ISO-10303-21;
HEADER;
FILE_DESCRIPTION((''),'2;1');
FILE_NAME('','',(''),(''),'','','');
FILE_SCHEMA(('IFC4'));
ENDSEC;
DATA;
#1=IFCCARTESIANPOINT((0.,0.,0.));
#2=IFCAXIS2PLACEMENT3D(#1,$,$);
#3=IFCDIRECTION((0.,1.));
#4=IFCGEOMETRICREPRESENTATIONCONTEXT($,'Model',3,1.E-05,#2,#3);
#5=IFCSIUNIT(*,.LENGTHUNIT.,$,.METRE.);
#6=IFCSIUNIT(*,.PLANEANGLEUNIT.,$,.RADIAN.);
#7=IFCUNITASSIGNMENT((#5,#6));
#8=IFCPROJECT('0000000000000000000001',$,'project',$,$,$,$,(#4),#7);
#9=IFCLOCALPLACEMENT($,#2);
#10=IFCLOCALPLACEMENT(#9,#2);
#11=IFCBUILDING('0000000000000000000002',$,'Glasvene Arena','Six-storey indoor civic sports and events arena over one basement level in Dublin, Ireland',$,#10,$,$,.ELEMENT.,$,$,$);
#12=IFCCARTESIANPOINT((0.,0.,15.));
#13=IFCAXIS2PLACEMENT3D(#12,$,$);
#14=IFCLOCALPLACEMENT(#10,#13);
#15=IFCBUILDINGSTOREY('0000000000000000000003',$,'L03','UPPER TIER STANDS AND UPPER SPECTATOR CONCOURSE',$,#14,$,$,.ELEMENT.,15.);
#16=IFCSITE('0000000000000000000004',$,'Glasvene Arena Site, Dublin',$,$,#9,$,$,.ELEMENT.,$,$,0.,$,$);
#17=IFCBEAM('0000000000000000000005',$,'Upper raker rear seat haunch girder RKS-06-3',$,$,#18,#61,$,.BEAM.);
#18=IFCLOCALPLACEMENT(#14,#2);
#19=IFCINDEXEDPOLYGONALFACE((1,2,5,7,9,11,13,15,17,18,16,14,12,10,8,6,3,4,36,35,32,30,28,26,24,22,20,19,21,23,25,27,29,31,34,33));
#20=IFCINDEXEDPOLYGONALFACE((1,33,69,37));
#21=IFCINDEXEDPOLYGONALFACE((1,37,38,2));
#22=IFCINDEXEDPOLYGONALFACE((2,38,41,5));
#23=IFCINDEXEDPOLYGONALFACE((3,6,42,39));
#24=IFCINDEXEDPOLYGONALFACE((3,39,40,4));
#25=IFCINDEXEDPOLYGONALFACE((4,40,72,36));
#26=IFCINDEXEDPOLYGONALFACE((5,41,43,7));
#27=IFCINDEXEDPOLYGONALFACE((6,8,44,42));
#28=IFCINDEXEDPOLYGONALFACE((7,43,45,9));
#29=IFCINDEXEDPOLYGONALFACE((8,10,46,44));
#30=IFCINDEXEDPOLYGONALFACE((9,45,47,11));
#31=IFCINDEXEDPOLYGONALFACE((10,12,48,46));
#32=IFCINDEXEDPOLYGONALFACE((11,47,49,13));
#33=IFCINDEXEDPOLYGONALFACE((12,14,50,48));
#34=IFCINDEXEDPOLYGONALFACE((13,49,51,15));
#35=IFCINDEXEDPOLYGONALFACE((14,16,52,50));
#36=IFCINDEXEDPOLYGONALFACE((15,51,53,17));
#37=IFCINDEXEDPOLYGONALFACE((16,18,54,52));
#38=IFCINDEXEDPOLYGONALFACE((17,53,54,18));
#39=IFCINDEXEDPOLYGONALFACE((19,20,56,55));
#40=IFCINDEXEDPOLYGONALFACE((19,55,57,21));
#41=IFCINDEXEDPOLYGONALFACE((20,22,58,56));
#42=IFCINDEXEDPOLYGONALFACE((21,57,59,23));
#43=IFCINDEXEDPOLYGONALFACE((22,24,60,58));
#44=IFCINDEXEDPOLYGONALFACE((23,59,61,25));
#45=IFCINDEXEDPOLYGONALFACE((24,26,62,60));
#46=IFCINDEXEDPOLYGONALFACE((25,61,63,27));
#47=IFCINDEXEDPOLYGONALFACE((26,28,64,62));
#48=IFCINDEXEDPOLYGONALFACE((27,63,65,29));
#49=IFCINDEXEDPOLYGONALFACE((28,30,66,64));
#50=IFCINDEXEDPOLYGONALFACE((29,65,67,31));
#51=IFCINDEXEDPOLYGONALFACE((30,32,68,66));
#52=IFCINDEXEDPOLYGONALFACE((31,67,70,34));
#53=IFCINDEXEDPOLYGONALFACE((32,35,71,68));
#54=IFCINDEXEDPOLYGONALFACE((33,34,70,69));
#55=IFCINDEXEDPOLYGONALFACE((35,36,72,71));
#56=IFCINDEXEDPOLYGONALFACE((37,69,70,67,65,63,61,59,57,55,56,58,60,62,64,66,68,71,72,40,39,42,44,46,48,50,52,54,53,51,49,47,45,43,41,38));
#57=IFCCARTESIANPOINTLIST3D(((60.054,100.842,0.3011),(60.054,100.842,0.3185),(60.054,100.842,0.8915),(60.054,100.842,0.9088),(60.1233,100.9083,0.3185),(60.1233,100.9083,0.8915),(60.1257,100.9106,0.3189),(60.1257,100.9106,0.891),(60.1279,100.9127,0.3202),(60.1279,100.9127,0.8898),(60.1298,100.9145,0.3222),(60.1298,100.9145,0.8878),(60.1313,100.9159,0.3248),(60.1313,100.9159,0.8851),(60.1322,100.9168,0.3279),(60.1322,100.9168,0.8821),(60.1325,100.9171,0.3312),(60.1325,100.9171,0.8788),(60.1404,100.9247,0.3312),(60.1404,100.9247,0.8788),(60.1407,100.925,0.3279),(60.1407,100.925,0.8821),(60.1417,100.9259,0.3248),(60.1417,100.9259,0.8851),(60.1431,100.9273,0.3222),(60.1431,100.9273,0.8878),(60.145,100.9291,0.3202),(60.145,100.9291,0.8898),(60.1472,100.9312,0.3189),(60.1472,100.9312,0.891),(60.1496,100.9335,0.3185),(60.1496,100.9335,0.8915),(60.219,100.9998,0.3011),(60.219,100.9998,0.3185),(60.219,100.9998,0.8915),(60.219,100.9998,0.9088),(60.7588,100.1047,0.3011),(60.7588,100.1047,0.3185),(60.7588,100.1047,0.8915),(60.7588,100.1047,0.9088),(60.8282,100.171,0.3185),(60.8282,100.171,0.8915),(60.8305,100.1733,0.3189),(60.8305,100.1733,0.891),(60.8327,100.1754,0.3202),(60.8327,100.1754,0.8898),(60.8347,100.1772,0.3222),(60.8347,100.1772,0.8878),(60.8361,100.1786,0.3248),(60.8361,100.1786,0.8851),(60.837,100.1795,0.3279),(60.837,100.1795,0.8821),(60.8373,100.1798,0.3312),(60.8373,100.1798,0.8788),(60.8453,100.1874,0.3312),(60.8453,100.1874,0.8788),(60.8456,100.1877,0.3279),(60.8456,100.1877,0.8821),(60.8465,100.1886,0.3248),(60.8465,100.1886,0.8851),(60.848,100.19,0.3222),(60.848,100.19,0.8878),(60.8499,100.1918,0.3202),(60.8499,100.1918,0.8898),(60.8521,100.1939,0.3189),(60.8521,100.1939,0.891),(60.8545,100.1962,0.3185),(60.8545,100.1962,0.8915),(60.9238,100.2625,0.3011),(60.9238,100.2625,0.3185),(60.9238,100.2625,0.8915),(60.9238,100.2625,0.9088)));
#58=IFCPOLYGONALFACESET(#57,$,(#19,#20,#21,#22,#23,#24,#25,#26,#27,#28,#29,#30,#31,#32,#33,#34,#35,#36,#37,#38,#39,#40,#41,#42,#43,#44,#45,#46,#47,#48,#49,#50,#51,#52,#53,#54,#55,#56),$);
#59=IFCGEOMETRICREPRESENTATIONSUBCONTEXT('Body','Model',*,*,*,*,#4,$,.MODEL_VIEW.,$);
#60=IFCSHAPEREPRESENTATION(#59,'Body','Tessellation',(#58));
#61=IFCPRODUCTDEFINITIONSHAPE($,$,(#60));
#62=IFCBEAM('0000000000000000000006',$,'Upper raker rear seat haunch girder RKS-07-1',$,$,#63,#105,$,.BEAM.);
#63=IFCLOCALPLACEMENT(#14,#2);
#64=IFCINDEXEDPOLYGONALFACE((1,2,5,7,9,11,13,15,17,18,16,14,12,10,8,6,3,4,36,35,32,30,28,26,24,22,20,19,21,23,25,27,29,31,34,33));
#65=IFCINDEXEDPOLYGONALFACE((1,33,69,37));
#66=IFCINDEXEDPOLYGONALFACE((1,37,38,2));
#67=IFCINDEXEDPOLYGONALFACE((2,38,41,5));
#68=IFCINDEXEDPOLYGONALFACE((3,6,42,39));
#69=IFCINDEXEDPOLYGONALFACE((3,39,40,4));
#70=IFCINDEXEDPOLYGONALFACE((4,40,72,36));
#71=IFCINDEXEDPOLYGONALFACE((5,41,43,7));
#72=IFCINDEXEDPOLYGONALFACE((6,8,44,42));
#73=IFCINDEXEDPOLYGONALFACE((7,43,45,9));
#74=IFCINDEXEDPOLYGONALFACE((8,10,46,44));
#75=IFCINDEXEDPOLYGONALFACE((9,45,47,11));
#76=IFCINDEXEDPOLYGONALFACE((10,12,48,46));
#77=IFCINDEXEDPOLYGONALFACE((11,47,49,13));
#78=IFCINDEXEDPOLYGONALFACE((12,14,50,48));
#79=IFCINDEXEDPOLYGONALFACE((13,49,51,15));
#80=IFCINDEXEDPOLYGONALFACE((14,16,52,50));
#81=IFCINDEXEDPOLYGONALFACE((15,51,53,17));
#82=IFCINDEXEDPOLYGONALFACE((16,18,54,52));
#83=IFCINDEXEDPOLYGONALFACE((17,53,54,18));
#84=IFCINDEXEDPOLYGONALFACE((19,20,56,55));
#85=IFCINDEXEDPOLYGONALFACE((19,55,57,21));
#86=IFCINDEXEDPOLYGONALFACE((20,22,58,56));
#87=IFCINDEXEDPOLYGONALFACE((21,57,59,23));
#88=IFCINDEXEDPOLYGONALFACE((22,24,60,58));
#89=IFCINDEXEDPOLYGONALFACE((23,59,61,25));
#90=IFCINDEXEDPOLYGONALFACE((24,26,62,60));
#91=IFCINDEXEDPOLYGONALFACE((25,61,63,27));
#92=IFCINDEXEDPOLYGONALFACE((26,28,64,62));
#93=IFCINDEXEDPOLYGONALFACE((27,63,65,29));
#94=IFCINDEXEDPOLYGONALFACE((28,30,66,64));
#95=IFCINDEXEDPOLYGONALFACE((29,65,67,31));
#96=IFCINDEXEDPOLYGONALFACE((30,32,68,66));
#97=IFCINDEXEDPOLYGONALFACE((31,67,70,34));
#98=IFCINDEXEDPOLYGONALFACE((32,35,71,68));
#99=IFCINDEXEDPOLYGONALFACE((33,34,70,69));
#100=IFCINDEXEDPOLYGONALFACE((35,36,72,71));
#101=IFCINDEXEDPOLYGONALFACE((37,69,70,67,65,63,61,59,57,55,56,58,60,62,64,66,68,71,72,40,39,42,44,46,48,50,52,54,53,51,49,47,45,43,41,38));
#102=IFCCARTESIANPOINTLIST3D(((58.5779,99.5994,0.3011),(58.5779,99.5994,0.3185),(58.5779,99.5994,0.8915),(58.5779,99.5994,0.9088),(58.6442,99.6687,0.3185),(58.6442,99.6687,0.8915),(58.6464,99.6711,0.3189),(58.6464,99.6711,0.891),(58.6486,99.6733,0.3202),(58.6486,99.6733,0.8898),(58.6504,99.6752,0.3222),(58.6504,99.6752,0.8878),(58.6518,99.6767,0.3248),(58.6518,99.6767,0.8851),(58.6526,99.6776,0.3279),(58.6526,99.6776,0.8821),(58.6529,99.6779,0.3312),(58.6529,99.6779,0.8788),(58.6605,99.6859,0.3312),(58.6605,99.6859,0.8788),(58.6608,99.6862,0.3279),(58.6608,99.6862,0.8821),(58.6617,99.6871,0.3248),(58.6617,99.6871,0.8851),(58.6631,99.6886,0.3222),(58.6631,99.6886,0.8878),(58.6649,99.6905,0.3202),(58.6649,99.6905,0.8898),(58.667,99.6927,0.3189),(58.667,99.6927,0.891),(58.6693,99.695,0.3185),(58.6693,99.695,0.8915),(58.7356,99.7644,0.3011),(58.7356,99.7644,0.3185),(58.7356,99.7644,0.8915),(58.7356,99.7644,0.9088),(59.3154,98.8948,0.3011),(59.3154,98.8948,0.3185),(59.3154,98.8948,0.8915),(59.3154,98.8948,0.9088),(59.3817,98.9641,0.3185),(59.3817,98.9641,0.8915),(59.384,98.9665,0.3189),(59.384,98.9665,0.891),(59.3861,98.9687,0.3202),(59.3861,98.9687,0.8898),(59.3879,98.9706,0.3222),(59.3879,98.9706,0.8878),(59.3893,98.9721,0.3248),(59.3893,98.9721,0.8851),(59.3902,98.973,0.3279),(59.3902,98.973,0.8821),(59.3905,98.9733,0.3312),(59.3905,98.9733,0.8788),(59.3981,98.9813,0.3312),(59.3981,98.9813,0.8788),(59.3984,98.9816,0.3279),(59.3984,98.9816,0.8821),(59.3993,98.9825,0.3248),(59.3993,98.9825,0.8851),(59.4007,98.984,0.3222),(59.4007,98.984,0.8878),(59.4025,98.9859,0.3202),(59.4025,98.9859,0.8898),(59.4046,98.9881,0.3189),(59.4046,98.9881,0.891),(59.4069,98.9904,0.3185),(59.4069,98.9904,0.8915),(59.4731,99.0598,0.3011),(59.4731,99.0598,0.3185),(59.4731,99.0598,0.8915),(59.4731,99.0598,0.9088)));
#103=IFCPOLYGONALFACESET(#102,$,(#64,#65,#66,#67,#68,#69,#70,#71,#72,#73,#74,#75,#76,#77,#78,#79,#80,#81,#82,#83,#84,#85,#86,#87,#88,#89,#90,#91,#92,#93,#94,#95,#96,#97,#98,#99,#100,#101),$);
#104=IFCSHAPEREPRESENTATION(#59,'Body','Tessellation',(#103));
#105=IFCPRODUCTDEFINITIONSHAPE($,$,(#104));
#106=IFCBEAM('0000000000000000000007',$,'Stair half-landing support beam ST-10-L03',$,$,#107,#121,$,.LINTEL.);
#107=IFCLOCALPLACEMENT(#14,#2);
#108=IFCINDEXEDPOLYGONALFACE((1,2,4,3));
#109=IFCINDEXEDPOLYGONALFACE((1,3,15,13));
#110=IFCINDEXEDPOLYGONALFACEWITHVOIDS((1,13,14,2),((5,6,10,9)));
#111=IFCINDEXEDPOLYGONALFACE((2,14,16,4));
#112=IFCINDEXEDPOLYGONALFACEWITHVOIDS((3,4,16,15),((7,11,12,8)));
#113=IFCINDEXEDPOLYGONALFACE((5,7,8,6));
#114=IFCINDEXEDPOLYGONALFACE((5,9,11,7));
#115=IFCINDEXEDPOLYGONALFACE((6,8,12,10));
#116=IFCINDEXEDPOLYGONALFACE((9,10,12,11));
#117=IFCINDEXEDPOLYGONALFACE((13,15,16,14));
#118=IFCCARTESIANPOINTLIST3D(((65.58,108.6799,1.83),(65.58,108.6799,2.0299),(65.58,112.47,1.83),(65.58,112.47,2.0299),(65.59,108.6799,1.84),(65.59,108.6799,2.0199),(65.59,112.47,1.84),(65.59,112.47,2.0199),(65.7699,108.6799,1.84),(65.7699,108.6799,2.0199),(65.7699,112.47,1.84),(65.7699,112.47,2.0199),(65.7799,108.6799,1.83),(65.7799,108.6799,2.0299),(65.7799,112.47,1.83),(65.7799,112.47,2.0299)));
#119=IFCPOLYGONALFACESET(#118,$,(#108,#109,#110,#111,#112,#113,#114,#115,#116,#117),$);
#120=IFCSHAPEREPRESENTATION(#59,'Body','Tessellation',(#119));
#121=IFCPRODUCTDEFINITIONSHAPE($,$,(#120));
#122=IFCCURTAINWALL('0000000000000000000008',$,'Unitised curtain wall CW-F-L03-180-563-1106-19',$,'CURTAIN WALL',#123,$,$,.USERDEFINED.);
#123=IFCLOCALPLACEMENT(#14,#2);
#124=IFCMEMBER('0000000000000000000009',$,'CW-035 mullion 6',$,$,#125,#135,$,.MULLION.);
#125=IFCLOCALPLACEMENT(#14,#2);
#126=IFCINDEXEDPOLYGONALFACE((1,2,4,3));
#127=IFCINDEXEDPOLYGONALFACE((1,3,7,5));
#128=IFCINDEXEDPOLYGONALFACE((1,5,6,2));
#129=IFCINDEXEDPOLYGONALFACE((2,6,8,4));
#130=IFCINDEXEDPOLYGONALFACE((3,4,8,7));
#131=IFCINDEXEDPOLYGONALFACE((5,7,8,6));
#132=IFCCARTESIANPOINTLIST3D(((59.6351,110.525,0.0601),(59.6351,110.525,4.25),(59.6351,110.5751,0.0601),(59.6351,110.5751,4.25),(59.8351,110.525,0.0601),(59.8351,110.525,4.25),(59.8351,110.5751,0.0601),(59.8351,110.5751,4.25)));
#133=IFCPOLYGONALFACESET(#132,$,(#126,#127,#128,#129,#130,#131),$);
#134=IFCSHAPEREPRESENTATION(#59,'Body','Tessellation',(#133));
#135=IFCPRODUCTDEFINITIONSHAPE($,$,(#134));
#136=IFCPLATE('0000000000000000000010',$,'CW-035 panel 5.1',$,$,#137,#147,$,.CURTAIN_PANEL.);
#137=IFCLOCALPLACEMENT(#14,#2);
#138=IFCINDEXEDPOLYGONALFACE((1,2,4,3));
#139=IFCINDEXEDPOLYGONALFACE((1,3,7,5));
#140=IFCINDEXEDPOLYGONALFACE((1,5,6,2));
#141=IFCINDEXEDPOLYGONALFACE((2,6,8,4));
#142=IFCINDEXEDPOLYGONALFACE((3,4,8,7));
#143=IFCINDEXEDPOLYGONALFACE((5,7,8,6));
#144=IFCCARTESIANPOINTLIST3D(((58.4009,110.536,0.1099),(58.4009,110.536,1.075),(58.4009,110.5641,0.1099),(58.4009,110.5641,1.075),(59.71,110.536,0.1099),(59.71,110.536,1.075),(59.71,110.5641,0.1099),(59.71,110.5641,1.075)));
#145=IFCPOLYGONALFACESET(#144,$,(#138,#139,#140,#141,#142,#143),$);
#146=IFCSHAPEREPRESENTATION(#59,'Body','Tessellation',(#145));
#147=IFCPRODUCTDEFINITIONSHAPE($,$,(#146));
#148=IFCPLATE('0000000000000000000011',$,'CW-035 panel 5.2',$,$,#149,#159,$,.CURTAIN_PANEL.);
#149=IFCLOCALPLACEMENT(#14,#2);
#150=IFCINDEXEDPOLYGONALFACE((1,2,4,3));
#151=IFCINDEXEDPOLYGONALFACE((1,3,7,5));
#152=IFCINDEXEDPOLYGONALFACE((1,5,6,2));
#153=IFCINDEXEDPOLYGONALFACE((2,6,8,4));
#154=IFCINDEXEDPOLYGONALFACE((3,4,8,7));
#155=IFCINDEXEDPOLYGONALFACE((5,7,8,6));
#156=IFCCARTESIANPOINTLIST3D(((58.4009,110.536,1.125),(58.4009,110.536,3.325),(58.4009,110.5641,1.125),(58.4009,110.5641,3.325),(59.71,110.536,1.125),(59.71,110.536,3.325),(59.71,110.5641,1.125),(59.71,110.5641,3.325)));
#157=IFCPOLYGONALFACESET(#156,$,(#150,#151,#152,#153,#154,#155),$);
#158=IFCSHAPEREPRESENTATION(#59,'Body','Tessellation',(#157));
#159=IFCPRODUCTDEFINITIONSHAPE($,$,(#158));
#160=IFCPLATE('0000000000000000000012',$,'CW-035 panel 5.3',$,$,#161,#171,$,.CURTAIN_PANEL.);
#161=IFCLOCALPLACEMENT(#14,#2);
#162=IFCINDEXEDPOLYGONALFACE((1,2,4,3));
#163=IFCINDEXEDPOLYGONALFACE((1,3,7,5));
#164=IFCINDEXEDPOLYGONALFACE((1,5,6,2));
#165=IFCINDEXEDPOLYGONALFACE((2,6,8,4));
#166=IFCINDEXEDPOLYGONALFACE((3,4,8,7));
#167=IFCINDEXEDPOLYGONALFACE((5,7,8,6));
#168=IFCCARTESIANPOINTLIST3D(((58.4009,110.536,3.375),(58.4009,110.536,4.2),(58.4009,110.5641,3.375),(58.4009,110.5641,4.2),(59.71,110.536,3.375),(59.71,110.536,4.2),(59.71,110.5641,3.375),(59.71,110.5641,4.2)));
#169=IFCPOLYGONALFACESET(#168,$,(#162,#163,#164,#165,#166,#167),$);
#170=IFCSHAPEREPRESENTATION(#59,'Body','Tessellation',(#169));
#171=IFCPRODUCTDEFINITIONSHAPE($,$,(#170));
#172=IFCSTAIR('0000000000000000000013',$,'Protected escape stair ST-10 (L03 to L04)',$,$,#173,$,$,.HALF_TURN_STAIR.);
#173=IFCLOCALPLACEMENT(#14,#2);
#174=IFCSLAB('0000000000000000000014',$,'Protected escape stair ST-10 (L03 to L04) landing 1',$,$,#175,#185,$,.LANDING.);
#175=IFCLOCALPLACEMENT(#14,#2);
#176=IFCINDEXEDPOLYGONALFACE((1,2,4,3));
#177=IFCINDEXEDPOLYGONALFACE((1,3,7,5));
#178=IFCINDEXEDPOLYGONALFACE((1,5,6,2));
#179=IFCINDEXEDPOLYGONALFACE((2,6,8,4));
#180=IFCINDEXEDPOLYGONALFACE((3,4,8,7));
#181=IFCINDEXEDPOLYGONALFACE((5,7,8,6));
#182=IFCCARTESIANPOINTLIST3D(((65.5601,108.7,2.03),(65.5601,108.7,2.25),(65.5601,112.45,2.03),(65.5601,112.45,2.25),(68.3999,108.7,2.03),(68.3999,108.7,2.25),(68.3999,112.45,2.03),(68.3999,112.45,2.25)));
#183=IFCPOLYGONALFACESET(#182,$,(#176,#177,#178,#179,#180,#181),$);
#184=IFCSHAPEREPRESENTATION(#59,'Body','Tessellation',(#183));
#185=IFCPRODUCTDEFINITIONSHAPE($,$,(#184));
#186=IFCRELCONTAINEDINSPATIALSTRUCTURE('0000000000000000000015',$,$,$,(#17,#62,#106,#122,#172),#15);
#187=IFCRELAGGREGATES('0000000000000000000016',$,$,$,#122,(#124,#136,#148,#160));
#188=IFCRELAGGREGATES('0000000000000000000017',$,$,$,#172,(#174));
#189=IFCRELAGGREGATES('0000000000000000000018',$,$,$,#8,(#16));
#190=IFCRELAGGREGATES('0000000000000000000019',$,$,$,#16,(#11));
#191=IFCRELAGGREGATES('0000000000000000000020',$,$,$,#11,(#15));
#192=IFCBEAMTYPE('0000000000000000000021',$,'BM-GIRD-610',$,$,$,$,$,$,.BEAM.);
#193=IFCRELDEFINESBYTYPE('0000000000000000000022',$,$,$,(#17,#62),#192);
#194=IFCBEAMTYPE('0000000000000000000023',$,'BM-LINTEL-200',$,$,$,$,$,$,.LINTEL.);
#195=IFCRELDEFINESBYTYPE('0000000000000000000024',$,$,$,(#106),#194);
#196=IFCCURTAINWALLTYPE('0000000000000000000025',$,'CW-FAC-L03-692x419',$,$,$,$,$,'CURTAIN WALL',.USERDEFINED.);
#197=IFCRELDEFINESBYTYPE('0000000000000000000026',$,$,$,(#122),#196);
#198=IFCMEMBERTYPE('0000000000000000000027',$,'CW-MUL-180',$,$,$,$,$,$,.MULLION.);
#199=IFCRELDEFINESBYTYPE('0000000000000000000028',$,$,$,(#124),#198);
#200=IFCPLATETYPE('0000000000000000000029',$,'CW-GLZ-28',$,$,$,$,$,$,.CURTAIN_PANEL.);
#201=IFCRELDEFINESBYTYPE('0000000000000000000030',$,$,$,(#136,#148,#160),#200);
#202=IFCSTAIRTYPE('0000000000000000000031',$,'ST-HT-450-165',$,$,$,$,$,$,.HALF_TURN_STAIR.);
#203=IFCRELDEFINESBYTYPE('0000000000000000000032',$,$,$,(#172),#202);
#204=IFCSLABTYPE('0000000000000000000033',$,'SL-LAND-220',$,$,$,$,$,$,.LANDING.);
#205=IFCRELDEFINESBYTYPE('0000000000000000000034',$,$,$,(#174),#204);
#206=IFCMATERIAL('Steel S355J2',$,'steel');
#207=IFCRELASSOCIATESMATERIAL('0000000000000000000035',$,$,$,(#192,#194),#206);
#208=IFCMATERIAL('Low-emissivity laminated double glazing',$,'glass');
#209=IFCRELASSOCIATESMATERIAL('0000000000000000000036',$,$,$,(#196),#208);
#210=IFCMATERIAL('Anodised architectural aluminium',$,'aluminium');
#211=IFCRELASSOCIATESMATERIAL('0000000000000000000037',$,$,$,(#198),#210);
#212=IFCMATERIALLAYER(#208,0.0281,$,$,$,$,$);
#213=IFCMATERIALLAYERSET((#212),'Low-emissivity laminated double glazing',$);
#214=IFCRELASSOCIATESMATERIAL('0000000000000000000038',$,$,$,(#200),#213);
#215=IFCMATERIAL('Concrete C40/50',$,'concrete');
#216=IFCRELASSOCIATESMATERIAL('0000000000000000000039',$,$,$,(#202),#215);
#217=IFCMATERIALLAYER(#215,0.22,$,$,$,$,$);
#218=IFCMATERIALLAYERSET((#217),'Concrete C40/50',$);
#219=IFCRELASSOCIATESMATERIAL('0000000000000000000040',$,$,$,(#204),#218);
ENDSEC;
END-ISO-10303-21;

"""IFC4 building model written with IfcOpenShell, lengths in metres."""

from ifc_helpers import new_model, si_unit, direction, frame, origin, origin_2d, place, context, subcontext, project, spatial, polyline, rectangle, hollow_rectangle, i_section, outline, extrude, material, layer, layer_set, material_profile, profile_set, type_object, element, aggregate, save


model = new_model("IFC4")

# Units and contexts
model_context = context("Model", 3, precision=1e-05, world=origin(), true_north=direction((0.0, 1.0)))
body_context = subcontext(model_context, "Body", "Model", "MODEL_VIEW")
ifc_project = project(units=[si_unit("LENGTHUNIT", "METRE"), si_unit("PLANEANGLEUNIT", "RADIAN")], contexts=[model_context])

# Site, building, storey
site_placement = place(None, origin())
site = spatial("IfcSite", under=ifc_project, at=site_placement, Name="Glasvene Arena Site, Dublin", CompositionType="ELEMENT", RefElevation=0.0)
building_placement = place(site_placement, origin())
building = spatial("IfcBuilding", under=site, at=building_placement, Name="Glasvene Arena", Description="Six-storey indoor civic sports and events arena over one basement level in Dublin, Ireland", CompositionType="ELEMENT")
storey_placement = place(building_placement, frame((0.0, 0.0, 15.0)))
storey = spatial("IfcBuildingStorey", under=building, at=storey_placement, Name="L03", Description="UPPER TIER STANDS AND UPPER SPECTATOR CONCOURSE", CompositionType="ELEMENT", Elevation=15.0)

# Shared definitions
ifc_material_1 = material(Name="Steel S355J2", Category="steel")

# Beams
ifc_material_profile_1 = material_profile(ifc_material_1, i_section(OverallWidth=0.2283, OverallDepth=0.6077, WebThickness=0.011, FlangeThickness=0.0173, FilletRadius=0.0127, at=origin_2d()), Name="UKB 610x229x113")
ifc_profile_set_1 = profile_set([ifc_material_profile_1], Name="Steel S355J2")
beam_type_1 = type_object("IfcBeamType", Name="BM-GIRD-610", PredefinedType="BEAM", material=ifc_profile_set_1)
for number, where, z_axis, x_axis, name in (
    (1, (60.8413, 100.1836, 0.605), (-0.691011, 0.722845, 0.0), (-0.722845, -0.691011, 0.0), "Upper raker rear seat haunch girder RKS-06-3"),
    (2, (59.3943, 98.9773, 0.605), (-0.723078, 0.690766, 0.0), (-0.690766, -0.723078, 0.0), "Upper raker rear seat haunch girder RKS-07-1"),
):
    element("IfcBeam", number, at=place(storey_placement, frame(where, z_axis=z_axis, x_axis=x_axis)), inside=storey, type_object=beam_type_1, Name=name, PredefinedType="BEAM", context=body_context, shape_type="SweptSolid", body=[
        extrude(i_section(OverallWidth=0.2283, OverallDepth=0.6077, WebThickness=0.011, FlangeThickness=0.0173, FilletRadius=0.0127, at=origin_2d()), origin(), (0.0, 0.0, 1.0), 1.02),
    ])
ifc_material_profile_2 = material_profile(ifc_material_1, hollow_rectangle(XDim=0.2, YDim=0.2, WallThickness=0.01, at=origin_2d()), Name="SHS 200x200x10.0")
ifc_profile_set_2 = profile_set([ifc_material_profile_2], Name="Steel S355J2")
beam_type_2 = type_object("IfcBeamType", Name="BM-LINTEL-200", PredefinedType="LINTEL", material=ifc_profile_set_2)
beam_placement = place(storey_placement, frame((65.6799, 108.6799, 1.9299), z_axis=(0.0, 1.0, 0.0), x_axis=(-1.0, 0.0, 0.0)))
element("IfcBeam", 3, at=beam_placement, inside=storey, type_object=beam_type_2, Name="Stair half-landing support beam ST-10-L03", PredefinedType="LINTEL", context=body_context, shape_type="SweptSolid", body=[
    extrude(hollow_rectangle(XDim=0.2, YDim=0.2, WallThickness=0.01, at=origin_2d()), origin(), (0.0, 0.0, 1.0), 3.79),
])

# Curtain wall, member, plates
ifc_material_2 = material(Name="Low-emissivity laminated double glazing", Category="glass")
curtain_wall_type = type_object("IfcCurtainWallType", Name="CW-FAC-L03-692x419", ElementType="CURTAIN WALL", PredefinedType="USERDEFINED", material=ifc_material_2)
curtain_wall_placement = place(storey_placement, frame((52.8401, 110.55, 0.0)))
curtain_wall = element("IfcCurtainWall", 4, at=curtain_wall_placement, inside=storey, type_object=curtain_wall_type, Name="Unitised curtain wall CW-F-L03-180-563-1106-19", ObjectType="CURTAIN WALL", PredefinedType="USERDEFINED")
ifc_material_3 = material(Name="Anodised architectural aluminium", Category="aluminium")
ifc_material_profile_3 = material_profile(ifc_material_3, rectangle(XDim=0.05, YDim=0.2, at=origin_2d()), Name="ALU MULLION 50x200")
ifc_profile_set_3 = profile_set([ifc_material_profile_3], Name="Anodised architectural aluminium")
member_type = type_object("IfcMemberType", Name="CW-MUL-180", PredefinedType="MULLION", material=ifc_profile_set_3)
member_placement = place(storey_placement, frame((59.7351, 110.55, 0.0601), z_axis=(0.0, 0.0, 1.0), x_axis=(0.0, 1.0, 0.0)))
member = element("IfcMember", 5, at=member_placement, type_object=member_type, Name="CW-035 mullion 6", PredefinedType="MULLION", context=body_context, shape_type="SweptSolid", body=[
    extrude(rectangle(XDim=0.05, YDim=0.2, at=origin_2d()), origin(), (0.0, 0.0, 1.0), 4.1899),
])
ifc_layer_1 = layer(ifc_material_2, 0.0281)
ifc_layer_set_1 = layer_set([ifc_layer_1], Name="Low-emissivity laminated double glazing")
plate_type = type_object("IfcPlateType", Name="CW-GLZ-28", PredefinedType="CURTAIN_PANEL", material=ifc_layer_set_1)
plate_1_placement = place(storey_placement, frame((59.0554, 110.55, 0.1099), z_axis=(0.0, 0.0, 1.0), x_axis=(1.0, 0.0, 0.0)))
plate_1 = element("IfcPlate", 6, at=plate_1_placement, type_object=plate_type, Name="CW-035 panel 5.1", PredefinedType="CURTAIN_PANEL", context=body_context, shape_type="SweptSolid", body=[
    extrude(rectangle(XDim=1.3091, YDim=0.0281, at=origin_2d()), origin(), (0.0, 0.0, 1.0), 0.9651),
])
plate_2_placement = place(storey_placement, frame((59.0554, 110.55, 1.125), z_axis=(0.0, 0.0, 1.0), x_axis=(1.0, 0.0, 0.0)))
plate_2 = element("IfcPlate", 7, at=plate_2_placement, type_object=plate_type, Name="CW-035 panel 5.2", PredefinedType="CURTAIN_PANEL", context=body_context, shape_type="SweptSolid", body=[
    extrude(rectangle(XDim=1.3091, YDim=0.0281, at=origin_2d()), origin(), (0.0, 0.0, 1.0), 2.2),
])
plate_3_placement = place(storey_placement, frame((59.0554, 110.55, 3.375), z_axis=(0.0, 0.0, 1.0), x_axis=(1.0, 0.0, 0.0)))
plate_3 = element("IfcPlate", 8, at=plate_3_placement, type_object=plate_type, Name="CW-035 panel 5.3", PredefinedType="CURTAIN_PANEL", context=body_context, shape_type="SweptSolid", body=[
    extrude(rectangle(XDim=1.3091, YDim=0.0281, at=origin_2d()), origin(), (0.0, 0.0, 1.0), 0.825),
])
aggregate(curtain_wall, [member, plate_1, plate_2, plate_3])

# Stair, slab
ifc_material_4 = material(Name="Concrete C40/50", Category="concrete")
stair_type = type_object("IfcStairType", Name="ST-HT-450-165", PredefinedType="HALF_TURN_STAIR", material=ifc_material_4)
stair_placement = place(storey_placement, origin())
stair = element("IfcStair", 9, at=stair_placement, inside=storey, type_object=stair_type, Name="Protected escape stair ST-10 (L03 to L04)", PredefinedType="HALF_TURN_STAIR")
ifc_layer_2 = layer(ifc_material_4, 0.22)
ifc_layer_set_2 = layer_set([ifc_layer_2], Name="Concrete C40/50")
slab_type_1 = type_object("IfcSlabType", Name="SL-LAND-220", PredefinedType="LANDING", material=ifc_layer_set_2)
slab_1_placement = place(storey_placement, frame((66.98, 110.575, 2.03)))
slab_1 = element("IfcSlab", 10, at=slab_1_placement, type_object=slab_type_1, Name="Protected escape stair ST-10 (L03 to L04) landing 1", PredefinedType="LANDING", context=body_context, shape_type="SweptSolid", body=[
    extrude(outline(polyline([(-1.4199, -1.875), (1.4199, -1.875), (1.4199, 1.875), (-1.4199, 1.875), (-1.4199, -1.875)])), origin(), (0.0, 0.0, 1.0), 0.22),
])

aggregate(stair, [slab_1])

save(model, "model.ifc")
